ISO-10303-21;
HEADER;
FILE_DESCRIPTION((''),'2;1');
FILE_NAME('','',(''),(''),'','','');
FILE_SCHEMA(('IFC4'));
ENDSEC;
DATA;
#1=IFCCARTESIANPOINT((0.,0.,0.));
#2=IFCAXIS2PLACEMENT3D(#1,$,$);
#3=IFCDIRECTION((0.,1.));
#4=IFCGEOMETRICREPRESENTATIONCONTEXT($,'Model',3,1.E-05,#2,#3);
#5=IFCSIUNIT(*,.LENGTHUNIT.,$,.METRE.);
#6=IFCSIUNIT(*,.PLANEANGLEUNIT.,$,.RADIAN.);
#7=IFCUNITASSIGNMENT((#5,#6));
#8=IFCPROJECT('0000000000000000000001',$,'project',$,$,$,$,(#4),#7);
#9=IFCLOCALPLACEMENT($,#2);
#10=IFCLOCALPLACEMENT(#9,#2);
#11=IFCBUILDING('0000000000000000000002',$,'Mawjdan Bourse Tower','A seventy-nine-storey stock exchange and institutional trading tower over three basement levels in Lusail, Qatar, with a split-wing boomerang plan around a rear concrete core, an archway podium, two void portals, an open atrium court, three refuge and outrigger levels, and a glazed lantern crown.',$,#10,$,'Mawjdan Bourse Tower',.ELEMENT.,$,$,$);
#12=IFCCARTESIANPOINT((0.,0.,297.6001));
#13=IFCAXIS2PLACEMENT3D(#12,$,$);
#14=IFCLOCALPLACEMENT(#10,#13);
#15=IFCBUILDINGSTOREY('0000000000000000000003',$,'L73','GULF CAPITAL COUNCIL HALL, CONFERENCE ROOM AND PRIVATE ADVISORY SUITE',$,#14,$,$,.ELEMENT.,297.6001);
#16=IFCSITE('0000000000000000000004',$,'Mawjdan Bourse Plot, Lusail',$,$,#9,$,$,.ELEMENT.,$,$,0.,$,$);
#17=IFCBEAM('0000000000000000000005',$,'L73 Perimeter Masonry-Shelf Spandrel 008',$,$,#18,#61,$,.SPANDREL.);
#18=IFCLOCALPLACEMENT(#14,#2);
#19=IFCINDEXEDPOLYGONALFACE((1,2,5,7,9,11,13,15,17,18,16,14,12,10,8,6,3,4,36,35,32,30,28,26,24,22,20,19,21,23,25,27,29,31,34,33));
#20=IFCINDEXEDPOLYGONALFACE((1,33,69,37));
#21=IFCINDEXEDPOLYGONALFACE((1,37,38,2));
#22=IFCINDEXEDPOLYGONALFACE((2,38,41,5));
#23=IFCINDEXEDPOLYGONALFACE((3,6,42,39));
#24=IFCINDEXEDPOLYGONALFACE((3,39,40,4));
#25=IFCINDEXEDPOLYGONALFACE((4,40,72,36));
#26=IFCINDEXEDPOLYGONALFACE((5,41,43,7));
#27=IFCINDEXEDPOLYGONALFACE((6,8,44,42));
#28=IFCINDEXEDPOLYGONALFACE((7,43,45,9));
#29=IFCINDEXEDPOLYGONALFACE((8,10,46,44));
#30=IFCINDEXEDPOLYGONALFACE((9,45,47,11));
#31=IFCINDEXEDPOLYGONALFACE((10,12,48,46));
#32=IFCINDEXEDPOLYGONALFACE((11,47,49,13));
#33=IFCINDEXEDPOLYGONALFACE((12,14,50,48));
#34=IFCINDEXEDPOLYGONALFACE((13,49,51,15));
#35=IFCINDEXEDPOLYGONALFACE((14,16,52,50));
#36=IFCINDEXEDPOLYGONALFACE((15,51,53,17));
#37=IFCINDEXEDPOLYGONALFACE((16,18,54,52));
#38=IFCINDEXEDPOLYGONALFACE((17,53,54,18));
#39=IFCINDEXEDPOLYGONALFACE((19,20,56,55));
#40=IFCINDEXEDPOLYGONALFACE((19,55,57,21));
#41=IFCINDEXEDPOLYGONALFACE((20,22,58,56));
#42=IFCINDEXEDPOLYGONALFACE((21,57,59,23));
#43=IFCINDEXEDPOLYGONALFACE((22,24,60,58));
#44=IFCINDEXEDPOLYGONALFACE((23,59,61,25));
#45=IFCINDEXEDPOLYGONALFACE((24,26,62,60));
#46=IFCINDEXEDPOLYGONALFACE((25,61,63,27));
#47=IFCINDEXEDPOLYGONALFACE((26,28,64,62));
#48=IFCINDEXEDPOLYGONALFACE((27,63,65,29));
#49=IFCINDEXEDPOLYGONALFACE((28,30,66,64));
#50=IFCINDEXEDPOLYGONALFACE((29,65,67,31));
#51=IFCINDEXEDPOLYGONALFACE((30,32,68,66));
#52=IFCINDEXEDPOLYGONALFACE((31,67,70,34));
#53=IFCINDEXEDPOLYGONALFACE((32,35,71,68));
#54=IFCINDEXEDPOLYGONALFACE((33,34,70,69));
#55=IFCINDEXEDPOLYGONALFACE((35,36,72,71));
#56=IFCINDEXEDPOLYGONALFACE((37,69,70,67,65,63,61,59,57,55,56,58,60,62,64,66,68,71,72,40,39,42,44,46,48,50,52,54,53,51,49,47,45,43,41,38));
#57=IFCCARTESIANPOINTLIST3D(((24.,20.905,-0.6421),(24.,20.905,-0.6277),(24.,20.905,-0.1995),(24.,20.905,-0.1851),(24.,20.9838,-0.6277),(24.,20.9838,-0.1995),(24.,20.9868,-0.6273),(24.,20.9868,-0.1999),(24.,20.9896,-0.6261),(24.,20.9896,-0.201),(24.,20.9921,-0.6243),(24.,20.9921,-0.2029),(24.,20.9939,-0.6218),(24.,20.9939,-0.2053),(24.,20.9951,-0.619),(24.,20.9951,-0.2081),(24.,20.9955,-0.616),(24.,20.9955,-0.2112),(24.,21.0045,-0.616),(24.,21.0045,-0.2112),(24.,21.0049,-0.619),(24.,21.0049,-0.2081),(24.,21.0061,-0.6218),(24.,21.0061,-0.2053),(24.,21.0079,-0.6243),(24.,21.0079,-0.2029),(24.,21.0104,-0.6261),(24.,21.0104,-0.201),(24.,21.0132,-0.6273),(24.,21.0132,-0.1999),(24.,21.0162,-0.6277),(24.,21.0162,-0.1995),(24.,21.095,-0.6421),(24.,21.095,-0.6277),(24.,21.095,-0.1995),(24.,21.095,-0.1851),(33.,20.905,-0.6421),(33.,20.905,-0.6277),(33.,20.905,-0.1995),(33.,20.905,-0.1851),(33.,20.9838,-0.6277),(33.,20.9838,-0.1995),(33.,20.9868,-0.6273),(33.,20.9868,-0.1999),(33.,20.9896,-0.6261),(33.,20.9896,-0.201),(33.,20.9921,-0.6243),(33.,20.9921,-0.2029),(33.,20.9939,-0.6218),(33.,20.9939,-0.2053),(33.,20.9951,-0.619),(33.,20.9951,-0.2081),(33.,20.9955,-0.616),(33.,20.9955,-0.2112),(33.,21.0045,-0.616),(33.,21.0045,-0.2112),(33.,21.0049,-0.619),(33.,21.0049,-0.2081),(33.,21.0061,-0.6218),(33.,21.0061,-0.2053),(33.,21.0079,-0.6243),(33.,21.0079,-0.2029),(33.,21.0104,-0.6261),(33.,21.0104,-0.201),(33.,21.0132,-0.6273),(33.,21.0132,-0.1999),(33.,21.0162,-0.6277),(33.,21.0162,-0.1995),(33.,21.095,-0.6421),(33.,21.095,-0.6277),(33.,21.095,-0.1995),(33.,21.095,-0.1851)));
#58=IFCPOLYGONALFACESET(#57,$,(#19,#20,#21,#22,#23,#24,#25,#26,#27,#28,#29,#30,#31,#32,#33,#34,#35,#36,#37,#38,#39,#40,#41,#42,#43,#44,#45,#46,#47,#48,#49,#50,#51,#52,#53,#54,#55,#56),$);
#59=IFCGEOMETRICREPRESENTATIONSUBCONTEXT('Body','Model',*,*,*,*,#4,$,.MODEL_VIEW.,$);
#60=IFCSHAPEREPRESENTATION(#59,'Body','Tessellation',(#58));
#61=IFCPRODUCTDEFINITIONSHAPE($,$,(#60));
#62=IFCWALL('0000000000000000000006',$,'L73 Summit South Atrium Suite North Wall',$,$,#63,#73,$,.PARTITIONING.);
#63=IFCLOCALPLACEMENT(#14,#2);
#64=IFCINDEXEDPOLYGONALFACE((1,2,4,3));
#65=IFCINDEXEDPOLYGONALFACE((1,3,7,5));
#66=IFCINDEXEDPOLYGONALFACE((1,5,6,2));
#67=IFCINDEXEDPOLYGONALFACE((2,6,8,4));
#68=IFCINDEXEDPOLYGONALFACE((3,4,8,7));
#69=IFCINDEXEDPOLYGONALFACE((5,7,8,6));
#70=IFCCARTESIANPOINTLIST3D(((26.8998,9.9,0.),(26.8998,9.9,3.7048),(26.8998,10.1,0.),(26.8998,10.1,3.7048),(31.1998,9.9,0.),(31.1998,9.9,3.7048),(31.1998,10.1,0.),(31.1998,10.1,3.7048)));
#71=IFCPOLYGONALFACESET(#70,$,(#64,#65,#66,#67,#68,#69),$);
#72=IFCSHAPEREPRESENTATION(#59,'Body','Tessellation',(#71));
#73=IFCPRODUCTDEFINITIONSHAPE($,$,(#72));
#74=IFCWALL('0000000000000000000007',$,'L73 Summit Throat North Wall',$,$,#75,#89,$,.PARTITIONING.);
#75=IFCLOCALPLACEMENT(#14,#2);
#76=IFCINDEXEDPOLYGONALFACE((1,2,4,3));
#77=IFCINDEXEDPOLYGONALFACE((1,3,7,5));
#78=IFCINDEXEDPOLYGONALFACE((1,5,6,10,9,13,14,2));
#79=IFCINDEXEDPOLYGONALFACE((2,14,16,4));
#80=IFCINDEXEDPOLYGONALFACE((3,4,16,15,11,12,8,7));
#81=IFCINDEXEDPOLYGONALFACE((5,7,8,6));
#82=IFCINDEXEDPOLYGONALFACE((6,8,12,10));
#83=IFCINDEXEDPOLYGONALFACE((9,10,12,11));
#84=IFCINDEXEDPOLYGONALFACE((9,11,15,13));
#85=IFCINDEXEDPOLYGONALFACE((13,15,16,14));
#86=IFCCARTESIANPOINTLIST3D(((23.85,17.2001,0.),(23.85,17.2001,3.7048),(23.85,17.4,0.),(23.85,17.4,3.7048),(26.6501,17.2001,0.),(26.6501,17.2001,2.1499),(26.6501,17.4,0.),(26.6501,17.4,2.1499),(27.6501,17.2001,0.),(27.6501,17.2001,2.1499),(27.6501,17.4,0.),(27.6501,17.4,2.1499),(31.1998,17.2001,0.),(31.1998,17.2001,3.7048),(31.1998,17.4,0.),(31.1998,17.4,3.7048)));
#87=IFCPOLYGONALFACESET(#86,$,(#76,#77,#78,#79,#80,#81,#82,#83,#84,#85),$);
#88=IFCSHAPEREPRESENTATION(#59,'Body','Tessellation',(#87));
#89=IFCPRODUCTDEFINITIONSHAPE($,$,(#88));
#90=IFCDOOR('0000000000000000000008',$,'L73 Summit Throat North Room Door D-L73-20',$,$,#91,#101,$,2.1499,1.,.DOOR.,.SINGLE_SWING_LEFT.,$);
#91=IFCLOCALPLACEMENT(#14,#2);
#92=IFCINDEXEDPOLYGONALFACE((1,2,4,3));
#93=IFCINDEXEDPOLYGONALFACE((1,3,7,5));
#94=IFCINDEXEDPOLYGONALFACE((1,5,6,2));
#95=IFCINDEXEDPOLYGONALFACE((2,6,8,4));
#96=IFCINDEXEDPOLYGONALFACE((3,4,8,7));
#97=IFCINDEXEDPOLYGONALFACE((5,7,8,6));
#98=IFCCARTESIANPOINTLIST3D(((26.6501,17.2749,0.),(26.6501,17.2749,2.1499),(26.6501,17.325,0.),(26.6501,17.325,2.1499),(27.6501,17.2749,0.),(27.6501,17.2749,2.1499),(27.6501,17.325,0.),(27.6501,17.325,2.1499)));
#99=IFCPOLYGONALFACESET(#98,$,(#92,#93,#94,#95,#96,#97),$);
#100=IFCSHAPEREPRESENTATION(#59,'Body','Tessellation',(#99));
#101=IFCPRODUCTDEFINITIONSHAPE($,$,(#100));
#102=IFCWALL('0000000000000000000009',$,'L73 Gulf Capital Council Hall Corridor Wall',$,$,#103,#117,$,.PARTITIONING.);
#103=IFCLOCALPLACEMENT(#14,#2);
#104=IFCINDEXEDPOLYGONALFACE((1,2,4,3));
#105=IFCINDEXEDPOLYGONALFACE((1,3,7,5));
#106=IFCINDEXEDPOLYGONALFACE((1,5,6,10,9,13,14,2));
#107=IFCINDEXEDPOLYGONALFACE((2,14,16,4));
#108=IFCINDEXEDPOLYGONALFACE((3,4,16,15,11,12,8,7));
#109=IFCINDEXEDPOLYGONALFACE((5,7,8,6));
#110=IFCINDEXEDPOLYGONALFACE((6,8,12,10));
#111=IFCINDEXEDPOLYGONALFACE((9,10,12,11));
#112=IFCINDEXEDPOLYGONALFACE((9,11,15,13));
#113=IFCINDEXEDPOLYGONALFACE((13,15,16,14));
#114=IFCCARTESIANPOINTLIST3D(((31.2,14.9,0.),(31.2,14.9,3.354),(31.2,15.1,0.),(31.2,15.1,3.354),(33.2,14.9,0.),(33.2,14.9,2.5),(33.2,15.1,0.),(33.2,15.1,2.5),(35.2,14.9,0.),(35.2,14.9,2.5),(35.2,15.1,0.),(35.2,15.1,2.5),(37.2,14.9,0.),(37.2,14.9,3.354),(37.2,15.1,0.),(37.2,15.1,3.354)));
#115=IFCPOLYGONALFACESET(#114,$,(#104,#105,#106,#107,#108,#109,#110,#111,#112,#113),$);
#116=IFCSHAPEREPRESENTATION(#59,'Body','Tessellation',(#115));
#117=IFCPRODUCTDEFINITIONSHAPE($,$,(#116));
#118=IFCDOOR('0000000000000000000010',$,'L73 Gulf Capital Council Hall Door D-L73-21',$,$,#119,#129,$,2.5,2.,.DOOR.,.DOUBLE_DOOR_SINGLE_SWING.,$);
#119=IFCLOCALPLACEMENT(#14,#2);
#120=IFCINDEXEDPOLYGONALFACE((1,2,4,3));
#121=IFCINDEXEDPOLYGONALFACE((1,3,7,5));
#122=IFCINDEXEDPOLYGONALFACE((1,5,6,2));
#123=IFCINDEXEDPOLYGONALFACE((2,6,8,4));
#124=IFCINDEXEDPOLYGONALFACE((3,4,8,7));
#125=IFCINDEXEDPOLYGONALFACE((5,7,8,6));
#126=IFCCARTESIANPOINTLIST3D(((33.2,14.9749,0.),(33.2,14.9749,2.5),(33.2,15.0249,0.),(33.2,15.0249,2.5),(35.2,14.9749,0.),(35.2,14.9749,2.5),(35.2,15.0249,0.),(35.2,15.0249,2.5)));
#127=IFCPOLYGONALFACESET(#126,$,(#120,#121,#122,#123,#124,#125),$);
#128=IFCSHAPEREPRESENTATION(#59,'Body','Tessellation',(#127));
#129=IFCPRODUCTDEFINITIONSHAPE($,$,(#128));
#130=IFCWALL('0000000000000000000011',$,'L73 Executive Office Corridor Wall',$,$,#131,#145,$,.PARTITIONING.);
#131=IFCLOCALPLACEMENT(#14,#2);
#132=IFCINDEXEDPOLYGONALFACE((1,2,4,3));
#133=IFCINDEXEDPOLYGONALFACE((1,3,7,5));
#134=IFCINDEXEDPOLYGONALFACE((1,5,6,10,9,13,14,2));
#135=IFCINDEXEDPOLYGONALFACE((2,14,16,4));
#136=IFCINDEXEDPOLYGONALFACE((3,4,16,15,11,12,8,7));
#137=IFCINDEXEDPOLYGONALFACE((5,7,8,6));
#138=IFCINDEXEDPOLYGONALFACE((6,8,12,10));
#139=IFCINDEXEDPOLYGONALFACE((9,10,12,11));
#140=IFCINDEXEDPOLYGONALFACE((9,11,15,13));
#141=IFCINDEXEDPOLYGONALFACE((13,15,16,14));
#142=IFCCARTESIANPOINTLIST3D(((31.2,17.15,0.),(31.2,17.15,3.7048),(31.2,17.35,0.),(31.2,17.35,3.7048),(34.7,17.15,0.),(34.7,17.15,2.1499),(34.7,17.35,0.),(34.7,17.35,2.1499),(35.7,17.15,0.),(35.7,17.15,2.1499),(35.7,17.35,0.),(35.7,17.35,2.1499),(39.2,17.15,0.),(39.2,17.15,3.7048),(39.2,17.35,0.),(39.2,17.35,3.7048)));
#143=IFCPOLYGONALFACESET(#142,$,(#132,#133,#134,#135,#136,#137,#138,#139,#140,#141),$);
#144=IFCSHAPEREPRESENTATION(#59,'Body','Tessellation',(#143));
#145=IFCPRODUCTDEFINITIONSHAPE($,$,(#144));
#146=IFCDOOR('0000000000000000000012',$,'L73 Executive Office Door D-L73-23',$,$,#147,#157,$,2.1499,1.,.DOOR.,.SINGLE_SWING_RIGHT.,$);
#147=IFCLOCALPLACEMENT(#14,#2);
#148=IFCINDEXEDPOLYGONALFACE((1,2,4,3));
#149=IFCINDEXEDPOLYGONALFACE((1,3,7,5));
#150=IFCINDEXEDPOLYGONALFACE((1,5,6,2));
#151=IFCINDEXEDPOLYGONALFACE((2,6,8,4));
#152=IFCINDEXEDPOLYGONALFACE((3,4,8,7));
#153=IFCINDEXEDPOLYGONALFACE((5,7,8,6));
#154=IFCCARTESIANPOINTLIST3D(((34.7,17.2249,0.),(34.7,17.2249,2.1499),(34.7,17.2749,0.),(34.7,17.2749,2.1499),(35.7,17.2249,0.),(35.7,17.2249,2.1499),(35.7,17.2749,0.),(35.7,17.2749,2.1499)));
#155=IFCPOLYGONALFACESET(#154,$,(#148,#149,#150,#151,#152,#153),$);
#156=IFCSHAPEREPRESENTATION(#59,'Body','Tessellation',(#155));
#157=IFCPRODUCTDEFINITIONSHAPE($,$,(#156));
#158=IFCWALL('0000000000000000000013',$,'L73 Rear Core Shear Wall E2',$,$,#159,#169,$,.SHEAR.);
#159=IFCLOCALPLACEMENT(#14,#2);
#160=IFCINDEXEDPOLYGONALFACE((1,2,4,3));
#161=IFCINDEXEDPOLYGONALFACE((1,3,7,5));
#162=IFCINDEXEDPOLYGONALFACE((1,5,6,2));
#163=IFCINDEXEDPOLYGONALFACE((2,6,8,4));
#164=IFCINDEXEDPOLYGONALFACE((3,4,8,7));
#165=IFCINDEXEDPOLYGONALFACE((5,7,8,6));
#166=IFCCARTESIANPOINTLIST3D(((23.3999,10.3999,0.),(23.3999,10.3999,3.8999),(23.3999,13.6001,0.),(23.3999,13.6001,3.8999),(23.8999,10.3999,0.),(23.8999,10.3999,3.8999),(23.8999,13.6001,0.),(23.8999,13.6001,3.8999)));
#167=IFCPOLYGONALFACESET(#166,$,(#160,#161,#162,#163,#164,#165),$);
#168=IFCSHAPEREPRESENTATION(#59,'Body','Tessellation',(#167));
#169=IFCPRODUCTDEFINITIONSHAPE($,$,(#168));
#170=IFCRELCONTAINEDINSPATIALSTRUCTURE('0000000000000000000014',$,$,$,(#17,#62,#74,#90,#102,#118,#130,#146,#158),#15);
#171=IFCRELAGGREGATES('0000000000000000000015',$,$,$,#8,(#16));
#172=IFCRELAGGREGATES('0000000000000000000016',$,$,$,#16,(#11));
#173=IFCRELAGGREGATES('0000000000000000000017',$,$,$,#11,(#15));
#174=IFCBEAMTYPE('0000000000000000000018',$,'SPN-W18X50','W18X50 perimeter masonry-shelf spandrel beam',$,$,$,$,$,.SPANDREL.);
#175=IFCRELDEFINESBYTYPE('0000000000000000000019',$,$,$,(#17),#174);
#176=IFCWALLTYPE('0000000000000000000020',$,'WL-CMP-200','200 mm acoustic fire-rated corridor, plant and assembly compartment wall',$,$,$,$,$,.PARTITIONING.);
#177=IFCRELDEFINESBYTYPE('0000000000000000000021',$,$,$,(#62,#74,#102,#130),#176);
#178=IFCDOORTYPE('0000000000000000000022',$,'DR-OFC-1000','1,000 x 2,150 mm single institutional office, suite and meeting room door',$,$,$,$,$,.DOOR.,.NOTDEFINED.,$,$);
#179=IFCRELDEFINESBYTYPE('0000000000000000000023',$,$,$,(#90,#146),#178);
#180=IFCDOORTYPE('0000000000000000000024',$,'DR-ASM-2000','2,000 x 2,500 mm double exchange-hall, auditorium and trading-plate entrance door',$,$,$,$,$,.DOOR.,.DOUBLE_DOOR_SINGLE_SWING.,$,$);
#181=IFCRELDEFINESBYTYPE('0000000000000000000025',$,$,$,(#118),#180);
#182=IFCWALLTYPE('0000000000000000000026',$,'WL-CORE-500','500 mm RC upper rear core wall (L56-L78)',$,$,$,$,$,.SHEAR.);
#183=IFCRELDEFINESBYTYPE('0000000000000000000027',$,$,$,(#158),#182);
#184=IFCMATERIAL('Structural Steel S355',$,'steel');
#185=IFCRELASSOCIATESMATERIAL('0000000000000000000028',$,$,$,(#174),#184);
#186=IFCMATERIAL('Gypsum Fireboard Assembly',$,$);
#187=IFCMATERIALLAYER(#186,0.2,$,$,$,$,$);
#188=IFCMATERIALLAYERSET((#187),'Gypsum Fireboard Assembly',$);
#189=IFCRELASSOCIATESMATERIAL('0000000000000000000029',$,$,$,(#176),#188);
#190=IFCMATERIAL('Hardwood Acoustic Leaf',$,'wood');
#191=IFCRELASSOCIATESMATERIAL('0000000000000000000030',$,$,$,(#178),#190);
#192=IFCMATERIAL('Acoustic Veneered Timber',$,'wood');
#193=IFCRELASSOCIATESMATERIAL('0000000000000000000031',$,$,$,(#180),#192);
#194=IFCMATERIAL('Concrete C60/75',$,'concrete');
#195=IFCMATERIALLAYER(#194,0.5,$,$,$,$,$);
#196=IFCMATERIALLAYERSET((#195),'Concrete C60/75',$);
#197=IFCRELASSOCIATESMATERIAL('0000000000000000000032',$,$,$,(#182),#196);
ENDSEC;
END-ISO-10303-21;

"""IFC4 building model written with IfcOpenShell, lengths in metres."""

from ifc_helpers import new_model, si_unit, direction, frame, frame_2d, origin, origin_2d, place, context, subcontext, project, spatial, rectangle, i_section, extrude, material, layer, layer_set, material_profile, profile_set, type_object, element, fill, save


model = new_model("IFC4")

# Units and contexts
model_context = context("Model", 3, precision=1e-05, world=origin(), true_north=direction((0.0, 1.0)))
body_context = subcontext(model_context, "Body", "Model", "MODEL_VIEW")
ifc_project = project(units=[si_unit("LENGTHUNIT", "METRE"), si_unit("PLANEANGLEUNIT", "RADIAN")], contexts=[model_context])

# Site, building, storey
site_placement = place(None, origin())
site = spatial("IfcSite", under=ifc_project, at=site_placement, Name="Mawjdan Bourse Plot, Lusail", CompositionType="ELEMENT", RefElevation=0.0)
building_placement = place(site_placement, origin())
building = spatial("IfcBuilding", under=site, at=building_placement, Name="Mawjdan Bourse Tower", Description="A seventy-nine-storey stock exchange and institutional trading tower over three basement levels in Lusail, Qatar, with a split-wing boomerang plan around a rear concrete core, an archway podium, two void portals, an open atrium court, three refuge and outrigger levels, and a glazed lantern crown.", LongName="Mawjdan Bourse Tower", CompositionType="ELEMENT")
storey_placement = place(building_placement, frame((0.0, 0.0, 297.6001)))
storey = spatial("IfcBuildingStorey", under=building, at=storey_placement, Name="L73", Description="GULF CAPITAL COUNCIL HALL, CONFERENCE ROOM AND PRIVATE ADVISORY SUITE", CompositionType="ELEMENT", Elevation=297.6001)

# Shared definitions
ifc_material_1 = material(Name="Concrete C60/75", Category="concrete")

# Beam
ifc_material_2 = material(Name="Structural Steel S355", Category="steel")
ifc_material_profile_1 = material_profile(ifc_material_2, i_section(OverallWidth=0.1899, OverallDepth=0.457, WebThickness=0.009, FlangeThickness=0.0144, FilletRadius=0.0117, at=origin_2d()), Name="W18X50")
ifc_profile_set_1 = profile_set([ifc_material_profile_1], Name="Structural Steel S355")
beam_type_1 = type_object("IfcBeamType", Name="SPN-W18X50", Description="W18X50 perimeter masonry-shelf spandrel beam", PredefinedType="SPANDREL", material=ifc_profile_set_1)
beam_1_placement = place(storey_placement, frame((24.0, 21.0, -0.4136), z_axis=(1.0, 0.0, 0.0), x_axis=(0.0, 1.0, 0.0)))
element("IfcBeam", 1, at=beam_1_placement, inside=storey, type_object=beam_type_1, Name="L73 Perimeter Masonry-Shelf Spandrel 008", PredefinedType="SPANDREL", context=body_context, shape_type="SweptSolid", body=[
    extrude(i_section(OverallWidth=0.1899, OverallDepth=0.457, WebThickness=0.009, FlangeThickness=0.0144, FilletRadius=0.0117, at=origin_2d()), origin(), (0.0, 0.0, 1.0), 9.0),
])

# Wall
ifc_material_3 = material(Name="Gypsum Fireboard Assembly")
ifc_layer_1 = layer(ifc_material_3, 0.2)
ifc_layer_set_1 = layer_set([ifc_layer_1], Name="Gypsum Fireboard Assembly")
wall_type_1 = type_object("IfcWallType", Name="WL-CMP-200", Description="200 mm acoustic fire-rated corridor, plant and assembly compartment wall", PredefinedType="PARTITIONING", material=ifc_layer_set_1)
wall_1_placement = place(storey_placement, frame((26.8999, 10.0, 0.0), z_axis=(0.0, 0.0, 1.0), x_axis=(1.0, 0.0, 0.0)))
element("IfcWall", 2, at=wall_1_placement, inside=storey, type_object=wall_type_1, Name="L73 Summit South Atrium Suite North Wall", PredefinedType="PARTITIONING", context=body_context, shape_type="SweptSolid", body=[
    extrude(rectangle(XDim=4.3, YDim=0.2, at=frame_2d((2.1499, 0.0))), origin(), (0.0, 0.0, 1.0), 3.7048),
])

# Walls, openings, doors
wall_2_placement = place(storey_placement, frame((23.8501, 17.3, 0.0), z_axis=(0.0, 0.0, 1.0), x_axis=(1.0, 0.0, 0.0)))
wall_2 = element("IfcWall", 3, at=wall_2_placement, inside=storey, type_object=wall_type_1, Name="L73 Summit Throat North Wall", PredefinedType="PARTITIONING", context=body_context, shape_type="SweptSolid", body=[
    extrude(rectangle(XDim=7.3499, YDim=0.2, at=frame_2d((3.6748, 0.0))), origin(), (0.0, 0.0, 1.0), 3.7048),
])
opening_1_placement = place(wall_2_placement, frame((2.8, 0.0, 0.0)))
opening_1 = element("IfcOpeningElement", 4, at=opening_1_placement, cuts=wall_2, PredefinedType="OPENING", context=body_context, shape_type="SweptSolid", body=[
    extrude(rectangle(XDim=1.0, YDim=2.1499, at=frame_2d((0.5, 1.075))), frame((0.0, 0.1099, 0.0), z_axis=(0.0, -1.0, 0.0), x_axis=(1.0, 0.0, 0.0)), (0.0, 0.0, 1.0), 0.22),
])
ifc_material_4 = material(Name="Hardwood Acoustic Leaf", Category="wood")
door_type_1 = type_object("IfcDoorType", Name="DR-OFC-1000", Description="1,000 x 2,150 mm single institutional office, suite and meeting room door", OperationType="NOTDEFINED", PredefinedType="DOOR", material=ifc_material_4)
door_1_placement = place(opening_1_placement, origin())
door_1 = element("IfcDoor", 5, at=door_1_placement, inside=storey, type_object=door_type_1, Name="L73 Summit Throat North Room Door D-L73-20", OperationType="SINGLE_SWING_LEFT", OverallHeight=2.1499, OverallWidth=1.0, PredefinedType="DOOR", context=body_context, shape_type="SweptSolid", body=[
    extrude(rectangle(XDim=1.0, YDim=2.1499, at=frame_2d((0.5, 1.075))), frame((0.0, 0.0249, 0.0), z_axis=(0.0, -1.0, 0.0), x_axis=(1.0, 0.0, 0.0)), (0.0, 0.0, 1.0), 0.05),
])
fill(opening_1, door_1)
wall_3_placement = place(storey_placement, frame((31.2, 15.0, 0.0), z_axis=(0.0, 0.0, 1.0), x_axis=(1.0, 0.0, 0.0)))
wall_3 = element("IfcWall", 6, at=wall_3_placement, inside=storey, type_object=wall_type_1, Name="L73 Gulf Capital Council Hall Corridor Wall", PredefinedType="PARTITIONING", context=body_context, shape_type="SweptSolid", body=[
    extrude(rectangle(XDim=6.0, YDim=0.2, at=frame_2d((3.0, 0.0))), origin(), (0.0, 0.0, 1.0), 3.354),
])
opening_2_placement = place(wall_3_placement, frame((2.0, 0.0, 0.0)))
opening_2 = element("IfcOpeningElement", 7, at=opening_2_placement, cuts=wall_3, PredefinedType="OPENING", context=body_context, shape_type="SweptSolid", body=[
    extrude(rectangle(XDim=2.0, YDim=2.5, at=frame_2d((1.0, 1.25))), frame((0.0, 0.1099, 0.0), z_axis=(0.0, -1.0, 0.0), x_axis=(1.0, 0.0, 0.0)), (0.0, 0.0, 1.0), 0.22),
])
ifc_material_5 = material(Name="Acoustic Veneered Timber", Category="wood")
door_type_2 = type_object("IfcDoorType", Name="DR-ASM-2000", Description="2,000 x 2,500 mm double exchange-hall, auditorium and trading-plate entrance door", OperationType="DOUBLE_DOOR_SINGLE_SWING", PredefinedType="DOOR", material=ifc_material_5)
door_2_placement = place(opening_2_placement, origin())
door_2 = element("IfcDoor", 8, at=door_2_placement, inside=storey, type_object=door_type_2, Name="L73 Gulf Capital Council Hall Door D-L73-21", OperationType="DOUBLE_DOOR_SINGLE_SWING", OverallHeight=2.5, OverallWidth=2.0, PredefinedType="DOOR", context=body_context, shape_type="SweptSolid", body=[
    extrude(rectangle(XDim=2.0, YDim=2.5, at=frame_2d((1.0, 1.25))), frame((0.0, 0.0249, 0.0), z_axis=(0.0, -1.0, 0.0), x_axis=(1.0, 0.0, 0.0)), (0.0, 0.0, 1.0), 0.05),
])
fill(opening_2, door_2)
wall_4_placement = place(storey_placement, frame((31.2, 17.25, 0.0), z_axis=(0.0, 0.0, 1.0), x_axis=(1.0, 0.0, 0.0)))
wall_4 = element("IfcWall", 9, at=wall_4_placement, inside=storey, type_object=wall_type_1, Name="L73 Executive Office Corridor Wall", PredefinedType="PARTITIONING", context=body_context, shape_type="SweptSolid", body=[
    extrude(rectangle(XDim=8.0, YDim=0.2, at=frame_2d((4.0, 0.0))), origin(), (0.0, 0.0, 1.0), 3.7048),
])
opening_3_placement = place(wall_4_placement, frame((3.5, 0.0, 0.0)))
opening_3 = element("IfcOpeningElement", 10, at=opening_3_placement, cuts=wall_4, PredefinedType="OPENING", context=body_context, shape_type="SweptSolid", body=[
    extrude(rectangle(XDim=1.0, YDim=2.1499, at=frame_2d((0.5, 1.075))), frame((0.0, 0.1099, 0.0), z_axis=(0.0, -1.0, 0.0), x_axis=(1.0, 0.0, 0.0)), (0.0, 0.0, 1.0), 0.22),
])
door_3_placement = place(opening_3_placement, origin())
door_3 = element("IfcDoor", 11, at=door_3_placement, inside=storey, type_object=door_type_1, Name="L73 Executive Office Door D-L73-23", OperationType="SINGLE_SWING_RIGHT", OverallHeight=2.1499, OverallWidth=1.0, PredefinedType="DOOR", context=body_context, shape_type="SweptSolid", body=[
    extrude(rectangle(XDim=1.0, YDim=2.1499, at=frame_2d((0.5, 1.075))), frame((0.0, 0.0249, 0.0), z_axis=(0.0, -1.0, 0.0), x_axis=(1.0, 0.0, 0.0)), (0.0, 0.0, 1.0), 0.05),
])
fill(opening_3, door_3)

# Wall
ifc_layer_2 = layer(ifc_material_1, 0.5)
ifc_layer_set_2 = layer_set([ifc_layer_2], Name="Concrete C60/75")
wall_type_2 = type_object("IfcWallType", Name="WL-CORE-500", Description="500 mm RC upper rear core wall (L56-L78)", PredefinedType="SHEAR", material=ifc_layer_set_2)
wall_5_placement = place(storey_placement, frame((23.6499, 10.3999, 0.0), z_axis=(0.0, 0.0, 1.0), x_axis=(0.0, 1.0, 0.0)))
element("IfcWall", 12, at=wall_5_placement, inside=storey, type_object=wall_type_2, Name="L73 Rear Core Shear Wall E2", PredefinedType="SHEAR", context=body_context, shape_type="SweptSolid", body=[
    extrude(rectangle(XDim=3.2002, YDim=0.5, at=frame_2d((1.6001, 0.0))), origin(), (0.0, 0.0, 1.0), 3.8999),
])

save(model, "model.ifc")
